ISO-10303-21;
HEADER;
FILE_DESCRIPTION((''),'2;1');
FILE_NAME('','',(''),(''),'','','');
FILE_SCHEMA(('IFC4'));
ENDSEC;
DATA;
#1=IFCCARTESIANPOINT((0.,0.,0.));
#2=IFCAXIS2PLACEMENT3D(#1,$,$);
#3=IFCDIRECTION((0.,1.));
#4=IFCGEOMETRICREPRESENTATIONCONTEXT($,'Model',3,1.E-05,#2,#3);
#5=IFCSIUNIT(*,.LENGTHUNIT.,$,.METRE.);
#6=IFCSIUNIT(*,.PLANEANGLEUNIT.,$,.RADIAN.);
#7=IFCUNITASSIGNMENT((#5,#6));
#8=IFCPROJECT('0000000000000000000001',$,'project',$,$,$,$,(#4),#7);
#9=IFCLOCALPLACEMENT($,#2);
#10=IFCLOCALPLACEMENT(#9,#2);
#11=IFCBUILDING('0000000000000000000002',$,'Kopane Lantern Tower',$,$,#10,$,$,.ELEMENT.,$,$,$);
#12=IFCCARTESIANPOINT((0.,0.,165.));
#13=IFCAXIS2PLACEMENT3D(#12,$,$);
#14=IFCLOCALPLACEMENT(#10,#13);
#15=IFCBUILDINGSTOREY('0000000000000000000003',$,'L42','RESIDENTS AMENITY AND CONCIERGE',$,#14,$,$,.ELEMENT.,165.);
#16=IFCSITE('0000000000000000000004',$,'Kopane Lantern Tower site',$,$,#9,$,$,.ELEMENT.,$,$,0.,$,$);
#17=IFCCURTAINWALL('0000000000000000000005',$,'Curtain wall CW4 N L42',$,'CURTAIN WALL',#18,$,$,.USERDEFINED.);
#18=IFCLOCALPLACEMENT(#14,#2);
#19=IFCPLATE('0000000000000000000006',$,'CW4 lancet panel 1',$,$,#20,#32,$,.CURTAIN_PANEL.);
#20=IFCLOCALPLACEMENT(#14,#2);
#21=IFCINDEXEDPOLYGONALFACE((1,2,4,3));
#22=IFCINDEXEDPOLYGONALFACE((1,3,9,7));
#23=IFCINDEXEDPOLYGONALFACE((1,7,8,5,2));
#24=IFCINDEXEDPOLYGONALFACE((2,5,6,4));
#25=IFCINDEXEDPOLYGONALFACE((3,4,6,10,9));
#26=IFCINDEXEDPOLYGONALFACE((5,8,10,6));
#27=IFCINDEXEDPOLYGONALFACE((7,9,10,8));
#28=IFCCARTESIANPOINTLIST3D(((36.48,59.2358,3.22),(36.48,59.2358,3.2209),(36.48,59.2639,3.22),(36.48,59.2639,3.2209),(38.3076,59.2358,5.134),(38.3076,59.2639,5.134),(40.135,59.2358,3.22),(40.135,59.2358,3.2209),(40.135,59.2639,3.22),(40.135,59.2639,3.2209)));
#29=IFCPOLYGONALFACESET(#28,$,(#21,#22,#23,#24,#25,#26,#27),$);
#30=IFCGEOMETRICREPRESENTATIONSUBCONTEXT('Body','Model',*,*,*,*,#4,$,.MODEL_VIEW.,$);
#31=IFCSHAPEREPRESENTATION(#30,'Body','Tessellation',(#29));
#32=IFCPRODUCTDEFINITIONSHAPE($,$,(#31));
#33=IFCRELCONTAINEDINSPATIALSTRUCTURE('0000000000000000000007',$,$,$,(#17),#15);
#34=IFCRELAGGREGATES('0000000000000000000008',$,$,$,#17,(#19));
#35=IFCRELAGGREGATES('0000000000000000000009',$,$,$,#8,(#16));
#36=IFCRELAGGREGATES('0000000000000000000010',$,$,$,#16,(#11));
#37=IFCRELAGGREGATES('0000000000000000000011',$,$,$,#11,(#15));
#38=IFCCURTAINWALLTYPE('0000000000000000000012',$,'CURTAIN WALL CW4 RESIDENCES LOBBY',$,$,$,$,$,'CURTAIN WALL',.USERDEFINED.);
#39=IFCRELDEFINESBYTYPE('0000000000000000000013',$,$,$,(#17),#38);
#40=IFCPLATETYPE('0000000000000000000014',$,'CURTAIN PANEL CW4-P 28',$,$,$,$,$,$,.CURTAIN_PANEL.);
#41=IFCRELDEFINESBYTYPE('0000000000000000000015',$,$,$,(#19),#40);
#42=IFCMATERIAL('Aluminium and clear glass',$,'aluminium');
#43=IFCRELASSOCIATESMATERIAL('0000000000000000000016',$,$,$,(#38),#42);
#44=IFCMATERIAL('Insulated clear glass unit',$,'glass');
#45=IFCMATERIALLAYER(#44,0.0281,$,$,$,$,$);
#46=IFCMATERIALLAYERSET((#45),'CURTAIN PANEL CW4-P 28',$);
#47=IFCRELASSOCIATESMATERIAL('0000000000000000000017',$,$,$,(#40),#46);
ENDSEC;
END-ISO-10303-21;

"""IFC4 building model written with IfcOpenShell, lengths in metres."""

from ifc_helpers import new_model, si_unit, direction, frame, origin, place, context, subcontext, project, spatial, polyline, outline, extrude, material, layer, layer_set, type_object, element, aggregate, save


model = new_model("IFC4")

# Units and contexts
model_context = context("Model", 3, precision=1e-05, world=origin(), true_north=direction((0.0, 1.0)))
body_context = subcontext(model_context, "Body", "Model", "MODEL_VIEW")
ifc_project = project(units=[si_unit("LENGTHUNIT", "METRE"), si_unit("PLANEANGLEUNIT", "RADIAN")], contexts=[model_context])

# Site, building, storey
site_placement = place(None, origin())
site = spatial("IfcSite", under=ifc_project, at=site_placement, Name="Kopane Lantern Tower site", CompositionType="ELEMENT", RefElevation=0.0)
building_placement = place(site_placement, origin())
building = spatial("IfcBuilding", under=site, at=building_placement, Name="Kopane Lantern Tower", CompositionType="ELEMENT")
storey_placement = place(building_placement, frame((0.0, 0.0, 165.0)))
storey = spatial("IfcBuildingStorey", under=building, at=storey_placement, Name="L42", Description="RESIDENTS AMENITY AND CONCIERGE", CompositionType="ELEMENT", Elevation=165.0)

# Shared definitions
ifc_material_1 = material(Name="Aluminium and clear glass", Category="aluminium")
curtain_wall_type = type_object("IfcCurtainWallType", Name="CURTAIN WALL CW4 RESIDENCES LOBBY", ElementType="CURTAIN WALL", PredefinedType="USERDEFINED", material=ifc_material_1)

# Curtain wall
curtain_wall_1_placement = place(storey_placement, origin())
curtain_wall_1 = element("IfcCurtainWall", 1, at=curtain_wall_1_placement, inside=storey, type_object=curtain_wall_type, Name="Curtain wall CW4 N L42", ObjectType="CURTAIN WALL", PredefinedType="USERDEFINED")

# Plate
ifc_material_2 = material(Name="Insulated clear glass unit", Category="glass")
ifc_layer = layer(ifc_material_2, 0.0281)
ifc_layer_set = layer_set([ifc_layer], Name="CURTAIN PANEL CW4-P 28")
plate_type = type_object("IfcPlateType", Name="CURTAIN PANEL CW4-P 28", PredefinedType="CURTAIN_PANEL", material=ifc_layer_set)
plate_1_placement = place(storey_placement, frame((40.135, 59.25, 3.22), z_axis=(0.0, 0.0, 1.0), x_axis=(-1.0, 0.0, 0.0)))
plate_1 = element("IfcPlate", 2, at=plate_1_placement, type_object=plate_type, Name="CW4 lancet panel 1", PredefinedType="CURTAIN_PANEL", context=body_context, shape_type="SweptSolid", body=[
    extrude(outline(polyline([(0.0, 0.0), (3.655, 0.0), (3.655, 0.001), (1.8274, 1.9141), (0.0, 0.001), (0.0, 0.0)])), frame((0.0, 0.0142, 0.0), z_axis=(0.0, -1.0, 0.0), x_axis=(1.0, 0.0, 0.0)), (0.0, 0.0, 1.0), 0.0281),
])
aggregate(curtain_wall_1, [plate_1])

save(model, "model.ifc")
